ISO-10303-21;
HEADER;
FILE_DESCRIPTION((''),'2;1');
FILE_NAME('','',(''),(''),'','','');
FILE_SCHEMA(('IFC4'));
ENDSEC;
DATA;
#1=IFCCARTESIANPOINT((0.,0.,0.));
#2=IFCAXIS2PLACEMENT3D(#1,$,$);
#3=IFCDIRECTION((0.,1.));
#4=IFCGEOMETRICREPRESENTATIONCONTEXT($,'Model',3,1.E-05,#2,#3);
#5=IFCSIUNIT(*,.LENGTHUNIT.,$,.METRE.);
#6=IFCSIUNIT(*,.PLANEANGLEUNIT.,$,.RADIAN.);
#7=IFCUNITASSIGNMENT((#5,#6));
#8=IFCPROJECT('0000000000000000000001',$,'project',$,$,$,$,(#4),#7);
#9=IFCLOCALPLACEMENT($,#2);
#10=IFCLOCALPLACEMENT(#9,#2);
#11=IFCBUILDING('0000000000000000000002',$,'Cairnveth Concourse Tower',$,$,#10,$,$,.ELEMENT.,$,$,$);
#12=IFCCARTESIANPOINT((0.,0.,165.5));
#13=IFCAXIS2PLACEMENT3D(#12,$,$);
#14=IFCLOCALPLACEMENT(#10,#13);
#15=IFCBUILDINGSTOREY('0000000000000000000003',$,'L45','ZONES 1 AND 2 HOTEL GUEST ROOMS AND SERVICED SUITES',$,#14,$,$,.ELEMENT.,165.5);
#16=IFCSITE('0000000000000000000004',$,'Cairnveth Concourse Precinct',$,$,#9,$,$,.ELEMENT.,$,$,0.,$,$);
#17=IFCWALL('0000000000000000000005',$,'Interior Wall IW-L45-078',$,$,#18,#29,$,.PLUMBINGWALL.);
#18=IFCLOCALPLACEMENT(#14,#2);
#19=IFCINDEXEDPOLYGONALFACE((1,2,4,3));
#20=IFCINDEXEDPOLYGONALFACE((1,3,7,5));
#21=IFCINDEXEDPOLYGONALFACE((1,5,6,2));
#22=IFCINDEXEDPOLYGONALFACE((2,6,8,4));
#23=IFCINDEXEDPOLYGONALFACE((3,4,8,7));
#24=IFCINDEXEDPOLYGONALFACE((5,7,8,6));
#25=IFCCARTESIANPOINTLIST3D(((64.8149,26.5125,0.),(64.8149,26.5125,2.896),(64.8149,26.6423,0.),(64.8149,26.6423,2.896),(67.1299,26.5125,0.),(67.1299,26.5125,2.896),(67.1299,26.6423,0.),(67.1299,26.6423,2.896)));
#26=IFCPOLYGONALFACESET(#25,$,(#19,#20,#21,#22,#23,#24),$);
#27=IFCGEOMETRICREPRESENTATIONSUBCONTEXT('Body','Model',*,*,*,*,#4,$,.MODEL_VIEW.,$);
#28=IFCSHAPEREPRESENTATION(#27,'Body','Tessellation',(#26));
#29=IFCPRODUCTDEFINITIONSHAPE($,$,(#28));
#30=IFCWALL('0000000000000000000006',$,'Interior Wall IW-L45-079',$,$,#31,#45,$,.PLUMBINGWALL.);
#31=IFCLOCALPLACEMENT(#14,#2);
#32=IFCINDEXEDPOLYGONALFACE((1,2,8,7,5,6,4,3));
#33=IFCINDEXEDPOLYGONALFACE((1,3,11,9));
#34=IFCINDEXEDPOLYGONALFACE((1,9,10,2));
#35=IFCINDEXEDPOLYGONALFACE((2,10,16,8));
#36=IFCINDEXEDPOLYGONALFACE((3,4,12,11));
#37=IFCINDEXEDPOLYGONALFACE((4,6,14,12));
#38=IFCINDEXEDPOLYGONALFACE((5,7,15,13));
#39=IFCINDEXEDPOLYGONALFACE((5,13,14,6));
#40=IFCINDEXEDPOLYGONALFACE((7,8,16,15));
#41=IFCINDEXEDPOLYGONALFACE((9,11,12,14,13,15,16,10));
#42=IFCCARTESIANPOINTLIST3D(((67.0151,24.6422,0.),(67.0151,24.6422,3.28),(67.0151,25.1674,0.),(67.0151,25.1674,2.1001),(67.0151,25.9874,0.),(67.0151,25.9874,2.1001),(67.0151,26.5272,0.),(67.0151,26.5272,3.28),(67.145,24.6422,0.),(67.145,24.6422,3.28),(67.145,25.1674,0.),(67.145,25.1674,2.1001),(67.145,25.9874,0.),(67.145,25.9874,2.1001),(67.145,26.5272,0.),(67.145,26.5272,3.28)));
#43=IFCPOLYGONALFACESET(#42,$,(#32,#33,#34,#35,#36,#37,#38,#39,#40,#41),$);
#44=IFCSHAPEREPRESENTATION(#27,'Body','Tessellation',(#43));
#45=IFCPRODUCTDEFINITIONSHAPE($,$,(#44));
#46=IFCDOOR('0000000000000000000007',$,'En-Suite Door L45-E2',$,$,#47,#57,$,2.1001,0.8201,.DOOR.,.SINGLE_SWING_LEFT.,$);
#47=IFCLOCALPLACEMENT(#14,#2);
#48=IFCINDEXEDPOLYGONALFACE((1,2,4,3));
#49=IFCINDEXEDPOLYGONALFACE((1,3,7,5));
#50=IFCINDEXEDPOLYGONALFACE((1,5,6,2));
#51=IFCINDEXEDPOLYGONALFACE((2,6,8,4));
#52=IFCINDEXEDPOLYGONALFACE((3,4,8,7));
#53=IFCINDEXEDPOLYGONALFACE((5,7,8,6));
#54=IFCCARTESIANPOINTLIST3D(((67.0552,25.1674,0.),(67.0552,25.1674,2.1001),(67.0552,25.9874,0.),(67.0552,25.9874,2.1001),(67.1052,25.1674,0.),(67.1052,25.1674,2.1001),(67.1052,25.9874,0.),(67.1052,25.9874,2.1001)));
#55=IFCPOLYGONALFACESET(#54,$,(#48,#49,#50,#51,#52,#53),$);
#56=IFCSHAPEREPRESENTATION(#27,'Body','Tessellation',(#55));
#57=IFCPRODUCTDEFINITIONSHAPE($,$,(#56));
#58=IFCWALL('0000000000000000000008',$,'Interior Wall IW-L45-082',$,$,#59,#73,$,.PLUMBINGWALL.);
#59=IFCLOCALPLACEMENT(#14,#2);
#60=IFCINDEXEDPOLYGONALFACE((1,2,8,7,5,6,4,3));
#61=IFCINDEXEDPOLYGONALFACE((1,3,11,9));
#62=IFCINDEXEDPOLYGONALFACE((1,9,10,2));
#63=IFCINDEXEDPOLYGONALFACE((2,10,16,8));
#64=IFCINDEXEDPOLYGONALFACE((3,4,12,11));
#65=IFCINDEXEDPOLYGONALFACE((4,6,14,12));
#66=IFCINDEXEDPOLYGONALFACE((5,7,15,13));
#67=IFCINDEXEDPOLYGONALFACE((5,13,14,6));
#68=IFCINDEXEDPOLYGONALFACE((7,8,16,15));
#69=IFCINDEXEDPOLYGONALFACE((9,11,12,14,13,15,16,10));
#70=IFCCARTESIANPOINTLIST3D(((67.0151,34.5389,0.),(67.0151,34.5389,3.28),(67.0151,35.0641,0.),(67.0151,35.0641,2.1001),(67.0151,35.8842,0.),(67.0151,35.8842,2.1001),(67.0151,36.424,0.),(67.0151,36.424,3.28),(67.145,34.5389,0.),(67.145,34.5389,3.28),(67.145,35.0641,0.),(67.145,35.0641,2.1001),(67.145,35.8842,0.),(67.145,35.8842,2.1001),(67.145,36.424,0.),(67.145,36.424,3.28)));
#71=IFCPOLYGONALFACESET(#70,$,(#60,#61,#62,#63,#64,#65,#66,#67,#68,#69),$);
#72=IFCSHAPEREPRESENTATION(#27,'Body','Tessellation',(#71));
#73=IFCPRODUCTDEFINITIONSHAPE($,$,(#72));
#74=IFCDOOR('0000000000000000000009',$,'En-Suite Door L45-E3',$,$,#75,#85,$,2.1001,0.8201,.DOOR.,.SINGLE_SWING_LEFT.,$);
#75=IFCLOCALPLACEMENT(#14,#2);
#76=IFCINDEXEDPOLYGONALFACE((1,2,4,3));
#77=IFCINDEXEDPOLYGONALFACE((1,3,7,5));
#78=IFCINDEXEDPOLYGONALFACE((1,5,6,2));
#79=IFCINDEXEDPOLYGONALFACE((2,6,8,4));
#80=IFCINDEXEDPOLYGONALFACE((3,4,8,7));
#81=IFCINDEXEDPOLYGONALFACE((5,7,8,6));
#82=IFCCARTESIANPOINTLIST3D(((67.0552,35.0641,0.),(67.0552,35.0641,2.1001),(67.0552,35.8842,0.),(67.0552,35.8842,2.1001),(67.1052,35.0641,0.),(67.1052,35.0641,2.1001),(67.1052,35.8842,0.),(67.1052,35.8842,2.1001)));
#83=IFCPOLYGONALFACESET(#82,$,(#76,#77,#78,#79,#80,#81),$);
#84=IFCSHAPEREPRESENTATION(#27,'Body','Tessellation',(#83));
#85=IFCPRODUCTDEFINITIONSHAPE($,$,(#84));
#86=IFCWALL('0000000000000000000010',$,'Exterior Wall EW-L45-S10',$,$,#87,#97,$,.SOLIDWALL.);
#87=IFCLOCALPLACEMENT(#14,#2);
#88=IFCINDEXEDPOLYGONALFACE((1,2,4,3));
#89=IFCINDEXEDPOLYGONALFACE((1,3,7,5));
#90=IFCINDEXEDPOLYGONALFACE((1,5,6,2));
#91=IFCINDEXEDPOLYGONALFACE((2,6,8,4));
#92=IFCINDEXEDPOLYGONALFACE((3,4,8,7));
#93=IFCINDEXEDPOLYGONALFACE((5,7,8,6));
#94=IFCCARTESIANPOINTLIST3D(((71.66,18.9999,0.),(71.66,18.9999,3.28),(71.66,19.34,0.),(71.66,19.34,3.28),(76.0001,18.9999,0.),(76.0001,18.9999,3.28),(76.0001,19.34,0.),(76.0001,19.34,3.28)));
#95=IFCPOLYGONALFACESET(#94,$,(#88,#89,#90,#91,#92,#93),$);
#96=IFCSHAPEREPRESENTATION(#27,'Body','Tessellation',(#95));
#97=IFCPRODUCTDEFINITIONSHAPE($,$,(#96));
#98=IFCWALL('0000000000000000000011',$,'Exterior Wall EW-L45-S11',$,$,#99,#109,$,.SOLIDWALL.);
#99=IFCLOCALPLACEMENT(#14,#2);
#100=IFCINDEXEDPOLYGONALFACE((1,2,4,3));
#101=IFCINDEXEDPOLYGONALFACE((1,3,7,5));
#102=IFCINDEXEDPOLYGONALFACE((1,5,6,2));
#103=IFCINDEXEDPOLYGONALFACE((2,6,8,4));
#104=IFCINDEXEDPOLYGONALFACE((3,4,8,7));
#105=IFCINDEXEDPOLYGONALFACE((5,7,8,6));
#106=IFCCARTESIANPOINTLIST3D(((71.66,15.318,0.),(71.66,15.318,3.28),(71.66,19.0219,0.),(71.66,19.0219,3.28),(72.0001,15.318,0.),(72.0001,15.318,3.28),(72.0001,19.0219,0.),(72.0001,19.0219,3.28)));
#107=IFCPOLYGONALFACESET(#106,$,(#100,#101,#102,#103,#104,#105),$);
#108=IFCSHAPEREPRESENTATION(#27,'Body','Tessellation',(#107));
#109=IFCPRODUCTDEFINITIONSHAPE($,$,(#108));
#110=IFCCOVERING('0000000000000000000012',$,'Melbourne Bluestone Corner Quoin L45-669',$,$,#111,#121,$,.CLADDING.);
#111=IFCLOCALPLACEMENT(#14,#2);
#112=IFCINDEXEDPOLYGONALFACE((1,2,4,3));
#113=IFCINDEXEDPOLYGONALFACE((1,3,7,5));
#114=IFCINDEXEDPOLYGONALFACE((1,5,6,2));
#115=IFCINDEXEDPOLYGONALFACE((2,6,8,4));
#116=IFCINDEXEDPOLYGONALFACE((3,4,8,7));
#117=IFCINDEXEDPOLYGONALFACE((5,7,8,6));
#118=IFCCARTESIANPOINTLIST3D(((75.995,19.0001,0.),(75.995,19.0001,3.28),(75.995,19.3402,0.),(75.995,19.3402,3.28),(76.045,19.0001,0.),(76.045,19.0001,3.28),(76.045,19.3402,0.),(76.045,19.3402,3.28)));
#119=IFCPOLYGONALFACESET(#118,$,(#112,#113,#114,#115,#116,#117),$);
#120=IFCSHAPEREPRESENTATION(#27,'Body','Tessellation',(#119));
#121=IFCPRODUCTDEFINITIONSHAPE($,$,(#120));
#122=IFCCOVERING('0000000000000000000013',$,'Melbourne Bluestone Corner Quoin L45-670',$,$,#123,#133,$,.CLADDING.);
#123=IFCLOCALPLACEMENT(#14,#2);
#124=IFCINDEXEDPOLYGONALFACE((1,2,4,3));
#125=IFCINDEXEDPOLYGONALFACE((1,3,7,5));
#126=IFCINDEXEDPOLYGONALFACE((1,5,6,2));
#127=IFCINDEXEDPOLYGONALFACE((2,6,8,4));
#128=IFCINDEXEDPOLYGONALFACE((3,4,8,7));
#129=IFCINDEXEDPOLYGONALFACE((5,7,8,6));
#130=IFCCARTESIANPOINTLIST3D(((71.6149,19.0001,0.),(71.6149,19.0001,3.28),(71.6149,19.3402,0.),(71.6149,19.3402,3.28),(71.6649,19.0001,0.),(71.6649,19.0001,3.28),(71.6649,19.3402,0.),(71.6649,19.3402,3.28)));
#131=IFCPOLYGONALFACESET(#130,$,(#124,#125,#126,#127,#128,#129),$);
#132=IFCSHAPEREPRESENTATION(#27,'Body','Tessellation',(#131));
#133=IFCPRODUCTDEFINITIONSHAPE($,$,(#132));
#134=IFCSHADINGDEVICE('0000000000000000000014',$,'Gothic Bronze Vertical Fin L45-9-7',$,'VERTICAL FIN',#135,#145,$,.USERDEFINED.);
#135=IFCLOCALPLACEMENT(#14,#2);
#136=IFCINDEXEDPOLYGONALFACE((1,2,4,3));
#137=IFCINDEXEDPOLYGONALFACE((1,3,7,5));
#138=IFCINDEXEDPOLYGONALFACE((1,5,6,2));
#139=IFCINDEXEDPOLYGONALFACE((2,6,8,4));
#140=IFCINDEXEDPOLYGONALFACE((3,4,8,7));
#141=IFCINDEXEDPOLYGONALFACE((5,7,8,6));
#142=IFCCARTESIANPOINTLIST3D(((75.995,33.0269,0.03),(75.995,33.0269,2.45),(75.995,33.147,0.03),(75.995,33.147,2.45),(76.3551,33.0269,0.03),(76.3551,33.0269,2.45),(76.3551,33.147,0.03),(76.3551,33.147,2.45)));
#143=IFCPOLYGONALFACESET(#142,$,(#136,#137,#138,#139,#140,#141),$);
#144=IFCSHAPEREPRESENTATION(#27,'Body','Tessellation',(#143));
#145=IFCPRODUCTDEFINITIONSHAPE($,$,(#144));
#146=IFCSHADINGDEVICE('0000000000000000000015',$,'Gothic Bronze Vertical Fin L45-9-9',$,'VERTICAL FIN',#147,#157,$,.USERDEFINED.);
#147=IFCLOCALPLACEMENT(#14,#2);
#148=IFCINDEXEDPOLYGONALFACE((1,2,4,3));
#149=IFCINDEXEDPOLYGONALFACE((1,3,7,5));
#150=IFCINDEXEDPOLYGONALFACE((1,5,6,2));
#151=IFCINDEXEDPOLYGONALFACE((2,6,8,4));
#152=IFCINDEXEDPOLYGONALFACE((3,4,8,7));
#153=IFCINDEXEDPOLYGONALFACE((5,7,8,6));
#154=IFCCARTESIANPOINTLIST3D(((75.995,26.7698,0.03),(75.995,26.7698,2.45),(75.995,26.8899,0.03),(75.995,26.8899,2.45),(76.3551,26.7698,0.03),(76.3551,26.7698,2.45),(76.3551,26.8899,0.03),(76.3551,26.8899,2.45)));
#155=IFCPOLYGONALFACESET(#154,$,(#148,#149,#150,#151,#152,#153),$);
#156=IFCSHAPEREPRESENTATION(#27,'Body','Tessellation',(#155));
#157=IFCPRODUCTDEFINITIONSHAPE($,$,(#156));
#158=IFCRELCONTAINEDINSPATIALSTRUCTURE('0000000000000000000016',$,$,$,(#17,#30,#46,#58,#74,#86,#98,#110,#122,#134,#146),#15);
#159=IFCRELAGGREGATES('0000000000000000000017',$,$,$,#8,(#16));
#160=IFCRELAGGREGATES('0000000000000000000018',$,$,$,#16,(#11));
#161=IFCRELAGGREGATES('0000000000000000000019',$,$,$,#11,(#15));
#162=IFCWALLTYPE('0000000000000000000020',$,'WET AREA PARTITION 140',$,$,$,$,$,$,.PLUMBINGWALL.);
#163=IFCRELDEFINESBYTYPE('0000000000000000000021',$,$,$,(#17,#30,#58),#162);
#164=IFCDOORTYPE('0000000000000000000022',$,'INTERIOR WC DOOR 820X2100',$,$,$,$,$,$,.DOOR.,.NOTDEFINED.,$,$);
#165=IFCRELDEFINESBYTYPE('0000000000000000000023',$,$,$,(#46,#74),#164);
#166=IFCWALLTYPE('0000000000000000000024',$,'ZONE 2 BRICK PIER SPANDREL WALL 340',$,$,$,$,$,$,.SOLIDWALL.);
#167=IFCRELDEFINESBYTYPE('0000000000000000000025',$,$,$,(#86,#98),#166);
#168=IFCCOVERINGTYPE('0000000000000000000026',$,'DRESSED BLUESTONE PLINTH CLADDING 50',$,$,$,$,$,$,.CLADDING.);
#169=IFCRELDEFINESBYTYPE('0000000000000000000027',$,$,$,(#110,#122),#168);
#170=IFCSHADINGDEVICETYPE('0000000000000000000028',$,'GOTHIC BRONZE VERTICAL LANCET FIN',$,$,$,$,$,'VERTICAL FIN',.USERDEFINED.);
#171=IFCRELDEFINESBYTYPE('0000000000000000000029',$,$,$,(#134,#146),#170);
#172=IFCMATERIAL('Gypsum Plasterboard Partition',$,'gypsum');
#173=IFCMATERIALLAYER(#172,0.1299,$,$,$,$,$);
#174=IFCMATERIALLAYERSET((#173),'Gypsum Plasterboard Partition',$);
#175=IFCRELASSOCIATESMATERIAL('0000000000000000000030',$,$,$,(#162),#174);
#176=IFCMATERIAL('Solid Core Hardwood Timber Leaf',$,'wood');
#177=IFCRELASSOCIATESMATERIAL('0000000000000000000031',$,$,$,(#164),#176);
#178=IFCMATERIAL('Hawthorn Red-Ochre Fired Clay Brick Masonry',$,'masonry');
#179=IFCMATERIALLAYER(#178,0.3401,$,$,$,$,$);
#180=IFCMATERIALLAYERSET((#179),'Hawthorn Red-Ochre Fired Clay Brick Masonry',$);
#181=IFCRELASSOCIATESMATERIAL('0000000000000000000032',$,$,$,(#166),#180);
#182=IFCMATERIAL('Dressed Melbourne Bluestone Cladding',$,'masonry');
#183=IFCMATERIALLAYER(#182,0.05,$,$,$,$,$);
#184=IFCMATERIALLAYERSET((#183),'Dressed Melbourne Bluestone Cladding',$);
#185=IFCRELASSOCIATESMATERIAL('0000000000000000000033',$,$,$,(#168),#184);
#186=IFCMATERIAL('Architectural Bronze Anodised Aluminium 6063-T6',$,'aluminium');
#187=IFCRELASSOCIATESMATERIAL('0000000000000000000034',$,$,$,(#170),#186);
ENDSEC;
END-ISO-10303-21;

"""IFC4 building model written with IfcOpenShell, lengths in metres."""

from ifc_helpers import new_model, si_unit, direction, frame, frame_2d, origin, origin_2d, place, context, subcontext, project, spatial, rectangle, extrude, material, layer, layer_set, type_object, element, fill, save


model = new_model("IFC4")

# Units and contexts
model_context = context("Model", 3, precision=1e-05, world=origin(), true_north=direction((0.0, 1.0)))
body_context = subcontext(model_context, "Body", "Model", "MODEL_VIEW")
ifc_project = project(units=[si_unit("LENGTHUNIT", "METRE"), si_unit("PLANEANGLEUNIT", "RADIAN")], contexts=[model_context])

# Site, building, storey
site_placement = place(None, origin())
site = spatial("IfcSite", under=ifc_project, at=site_placement, Name="Cairnveth Concourse Precinct", CompositionType="ELEMENT", RefElevation=0.0)
building_placement = place(site_placement, origin())
building = spatial("IfcBuilding", under=site, at=building_placement, Name="Cairnveth Concourse Tower", CompositionType="ELEMENT")
storey_placement = place(building_placement, frame((0.0, 0.0, 165.5)))
storey = spatial("IfcBuildingStorey", under=building, at=storey_placement, Name="L45", Description="ZONES 1 AND 2 HOTEL GUEST ROOMS AND SERVICED SUITES", CompositionType="ELEMENT", Elevation=165.5)

# Wall
ifc_material_1 = material(Name="Gypsum Plasterboard Partition", Category="gypsum")
ifc_layer_1 = layer(ifc_material_1, 0.1299)
ifc_layer_set_1 = layer_set([ifc_layer_1], Name="Gypsum Plasterboard Partition")
wall_type_1 = type_object("IfcWallType", Name="WET AREA PARTITION 140", PredefinedType="PLUMBINGWALL", material=ifc_layer_set_1)
wall_1_placement = place(storey_placement, frame((64.8149, 26.5774, 0.0), z_axis=(0.0, 0.0, 1.0), x_axis=(1.0, 0.0, 0.0)))
element("IfcWall", 1, at=wall_1_placement, inside=storey, type_object=wall_type_1, Name="Interior Wall IW-L45-078", PredefinedType="PLUMBINGWALL", context=body_context, shape_type="SweptSolid", body=[
    extrude(rectangle(XDim=2.3149, YDim=0.1299, at=frame_2d((1.1575, 0.0))), origin(), (0.0, 0.0, 1.0), 2.896),
])

# Walls, openings, doors
wall_2_placement = place(storey_placement, frame((67.0801, 24.6423, 0.0), z_axis=(0.0, 0.0, 1.0), x_axis=(0.0, 1.0, 0.0)))
wall_2 = element("IfcWall", 2, at=wall_2_placement, inside=storey, type_object=wall_type_1, Name="Interior Wall IW-L45-079", PredefinedType="PLUMBINGWALL", context=body_context, shape_type="SweptSolid", body=[
    extrude(rectangle(XDim=1.885, YDim=0.1299, at=frame_2d((0.9424, 0.0))), origin(), (0.0, 0.0, 1.0), 3.28),
])
opening_1_placement = place(wall_2_placement, frame((0.5249, 0.0, 0.0)))
opening_1 = element("IfcOpeningElement", 3, at=opening_1_placement, cuts=wall_2, PredefinedType="OPENING", context=body_context, shape_type="SweptSolid", body=[
    extrude(rectangle(XDim=0.8201, YDim=2.1001, at=frame_2d((0.4102, 1.05))), frame((0.0, 0.075, 0.0), z_axis=(0.0, -1.0, 0.0), x_axis=(1.0, 0.0, 0.0)), (0.0, 0.0, 1.0), 0.1499),
])
ifc_material_2 = material(Name="Solid Core Hardwood Timber Leaf", Category="wood")
door_type = type_object("IfcDoorType", Name="INTERIOR WC DOOR 820X2100", OperationType="NOTDEFINED", PredefinedType="DOOR", material=ifc_material_2)
door_1_placement = place(opening_1_placement, origin())
door_1 = element("IfcDoor", 4, at=door_1_placement, inside=storey, type_object=door_type, Name="En-Suite Door L45-E2", OperationType="SINGLE_SWING_LEFT", OverallHeight=2.1001, OverallWidth=0.8201, PredefinedType="DOOR", context=body_context, shape_type="SweptSolid", body=[
    extrude(rectangle(XDim=0.8201, YDim=2.1001, at=frame_2d((0.4102, 1.05))), frame((0.0, 0.0249, 0.0), z_axis=(0.0, -1.0, 0.0), x_axis=(1.0, 0.0, 0.0)), (0.0, 0.0, 1.0), 0.05),
])
fill(opening_1, door_1)
wall_3_placement = place(storey_placement, frame((67.0801, 34.5391, 0.0), z_axis=(0.0, 0.0, 1.0), x_axis=(0.0, 1.0, 0.0)))
wall_3 = element("IfcWall", 5, at=wall_3_placement, inside=storey, type_object=wall_type_1, Name="Interior Wall IW-L45-082", PredefinedType="PLUMBINGWALL", context=body_context, shape_type="SweptSolid", body=[
    extrude(rectangle(XDim=1.885, YDim=0.1299, at=frame_2d((0.9424, 0.0))), origin(), (0.0, 0.0, 1.0), 3.28),
])
opening_2_placement = place(wall_3_placement, frame((0.5249, 0.0, 0.0)))
opening_2 = element("IfcOpeningElement", 6, at=opening_2_placement, cuts=wall_3, PredefinedType="OPENING", context=body_context, shape_type="SweptSolid", body=[
    extrude(rectangle(XDim=0.8201, YDim=2.1001, at=frame_2d((0.4102, 1.05))), frame((0.0, 0.075, 0.0), z_axis=(0.0, -1.0, 0.0), x_axis=(1.0, 0.0, 0.0)), (0.0, 0.0, 1.0), 0.1499),
])
door_2_placement = place(opening_2_placement, origin())
door_2 = element("IfcDoor", 7, at=door_2_placement, inside=storey, type_object=door_type, Name="En-Suite Door L45-E3", OperationType="SINGLE_SWING_LEFT", OverallHeight=2.1001, OverallWidth=0.8201, PredefinedType="DOOR", context=body_context, shape_type="SweptSolid", body=[
    extrude(rectangle(XDim=0.8201, YDim=2.1001, at=frame_2d((0.4102, 1.05))), frame((0.0, 0.0249, 0.0), z_axis=(0.0, -1.0, 0.0), x_axis=(1.0, 0.0, 0.0)), (0.0, 0.0, 1.0), 0.05),
])
fill(opening_2, door_2)

# Walls
ifc_material_3 = material(Name="Hawthorn Red-Ochre Fired Clay Brick Masonry", Category="masonry")
ifc_layer_2 = layer(ifc_material_3, 0.3401)
ifc_layer_set_2 = layer_set([ifc_layer_2], Name="Hawthorn Red-Ochre Fired Clay Brick Masonry")
wall_type_2 = type_object("IfcWallType", Name="ZONE 2 BRICK PIER SPANDREL WALL 340", PredefinedType="SOLIDWALL", material=ifc_layer_set_2)
wall_4_placement = place(storey_placement, frame((76.0, 19.1699, 0.0), z_axis=(0.0, 0.0, 1.0), x_axis=(-1.0, 0.0, 0.0)))
element("IfcWall", 8, at=wall_4_placement, inside=storey, type_object=wall_type_2, Name="Exterior Wall EW-L45-S10", PredefinedType="SOLIDWALL", context=body_context, shape_type="SweptSolid", body=[
    extrude(rectangle(XDim=4.3401, YDim=0.3401, at=frame_2d((2.1699, 0.0))), origin(), (0.0, 0.0, 1.0), 3.28),
])
wall_5_placement = place(storey_placement, frame((71.8301, 19.022, 0.0), z_axis=(0.0, 0.0, 1.0), x_axis=(0.0, -1.0, 0.0)))
element("IfcWall", 9, at=wall_5_placement, inside=storey, type_object=wall_type_2, Name="Exterior Wall EW-L45-S11", PredefinedType="SOLIDWALL", context=body_context, shape_type="SweptSolid", body=[
    extrude(rectangle(XDim=3.7039, YDim=0.3401, at=frame_2d((1.8521, 0.0))), origin(), (0.0, 0.0, 1.0), 3.28),
])

# Coverings
ifc_material_4 = material(Name="Dressed Melbourne Bluestone Cladding", Category="masonry")
ifc_layer_3 = layer(ifc_material_4, 0.05)
ifc_layer_set_3 = layer_set([ifc_layer_3], Name="Dressed Melbourne Bluestone Cladding")
covering_type = type_object("IfcCoveringType", Name="DRESSED BLUESTONE PLINTH CLADDING 50", PredefinedType="CLADDING", material=ifc_layer_set_3)
for number, where, z_axis, x_axis, name in (
    (10, (76.02, 19.3401, 0.0), (0.0, 0.0, 1.0), (0.0, -1.0, 0.0), "Melbourne Bluestone Corner Quoin L45-669"),
    (11, (71.6399, 19.3401, 0.0), (0.0, 0.0, 1.0), (0.0, -1.0, 0.0), "Melbourne Bluestone Corner Quoin L45-670"),
):
    element("IfcCovering", number, at=place(storey_placement, frame(where, z_axis=z_axis, x_axis=x_axis)), inside=storey, type_object=covering_type, Name=name, PredefinedType="CLADDING", context=body_context, shape_type="SweptSolid", body=[
        extrude(rectangle(XDim=0.3401, YDim=0.05, at=frame_2d((0.1699, 0.0))), origin(), (0.0, 0.0, 1.0), 3.28),
    ])

# Shading devices
ifc_material_5 = material(Name="Architectural Bronze Anodised Aluminium 6063-T6", Category="aluminium")
shading_device_type = type_object("IfcShadingDeviceType", Name="GOTHIC BRONZE VERTICAL LANCET FIN", ElementType="VERTICAL FIN", PredefinedType="USERDEFINED", material=ifc_material_5)
for number, where, z_axis, x_axis, name in (
    (12, (76.175, 33.0869, 0.03), (0.0, 0.0, 1.0), (0.0, 1.0, 0.0), "Gothic Bronze Vertical Fin L45-9-7"),
    (13, (76.175, 26.8298, 0.03), (0.0, 0.0, 1.0), (0.0, 1.0, 0.0), "Gothic Bronze Vertical Fin L45-9-9"),
):
    element("IfcShadingDevice", number, at=place(storey_placement, frame(where, z_axis=z_axis, x_axis=x_axis)), inside=storey, type_object=shading_device_type, Name=name, ObjectType="VERTICAL FIN", PredefinedType="USERDEFINED", context=body_context, shape_type="SweptSolid", body=[
        extrude(rectangle(XDim=0.1201, YDim=0.3601, at=origin_2d()), origin(), (0.0, 0.0, 1.0), 2.4199),
    ])

save(model, "model.ifc")
